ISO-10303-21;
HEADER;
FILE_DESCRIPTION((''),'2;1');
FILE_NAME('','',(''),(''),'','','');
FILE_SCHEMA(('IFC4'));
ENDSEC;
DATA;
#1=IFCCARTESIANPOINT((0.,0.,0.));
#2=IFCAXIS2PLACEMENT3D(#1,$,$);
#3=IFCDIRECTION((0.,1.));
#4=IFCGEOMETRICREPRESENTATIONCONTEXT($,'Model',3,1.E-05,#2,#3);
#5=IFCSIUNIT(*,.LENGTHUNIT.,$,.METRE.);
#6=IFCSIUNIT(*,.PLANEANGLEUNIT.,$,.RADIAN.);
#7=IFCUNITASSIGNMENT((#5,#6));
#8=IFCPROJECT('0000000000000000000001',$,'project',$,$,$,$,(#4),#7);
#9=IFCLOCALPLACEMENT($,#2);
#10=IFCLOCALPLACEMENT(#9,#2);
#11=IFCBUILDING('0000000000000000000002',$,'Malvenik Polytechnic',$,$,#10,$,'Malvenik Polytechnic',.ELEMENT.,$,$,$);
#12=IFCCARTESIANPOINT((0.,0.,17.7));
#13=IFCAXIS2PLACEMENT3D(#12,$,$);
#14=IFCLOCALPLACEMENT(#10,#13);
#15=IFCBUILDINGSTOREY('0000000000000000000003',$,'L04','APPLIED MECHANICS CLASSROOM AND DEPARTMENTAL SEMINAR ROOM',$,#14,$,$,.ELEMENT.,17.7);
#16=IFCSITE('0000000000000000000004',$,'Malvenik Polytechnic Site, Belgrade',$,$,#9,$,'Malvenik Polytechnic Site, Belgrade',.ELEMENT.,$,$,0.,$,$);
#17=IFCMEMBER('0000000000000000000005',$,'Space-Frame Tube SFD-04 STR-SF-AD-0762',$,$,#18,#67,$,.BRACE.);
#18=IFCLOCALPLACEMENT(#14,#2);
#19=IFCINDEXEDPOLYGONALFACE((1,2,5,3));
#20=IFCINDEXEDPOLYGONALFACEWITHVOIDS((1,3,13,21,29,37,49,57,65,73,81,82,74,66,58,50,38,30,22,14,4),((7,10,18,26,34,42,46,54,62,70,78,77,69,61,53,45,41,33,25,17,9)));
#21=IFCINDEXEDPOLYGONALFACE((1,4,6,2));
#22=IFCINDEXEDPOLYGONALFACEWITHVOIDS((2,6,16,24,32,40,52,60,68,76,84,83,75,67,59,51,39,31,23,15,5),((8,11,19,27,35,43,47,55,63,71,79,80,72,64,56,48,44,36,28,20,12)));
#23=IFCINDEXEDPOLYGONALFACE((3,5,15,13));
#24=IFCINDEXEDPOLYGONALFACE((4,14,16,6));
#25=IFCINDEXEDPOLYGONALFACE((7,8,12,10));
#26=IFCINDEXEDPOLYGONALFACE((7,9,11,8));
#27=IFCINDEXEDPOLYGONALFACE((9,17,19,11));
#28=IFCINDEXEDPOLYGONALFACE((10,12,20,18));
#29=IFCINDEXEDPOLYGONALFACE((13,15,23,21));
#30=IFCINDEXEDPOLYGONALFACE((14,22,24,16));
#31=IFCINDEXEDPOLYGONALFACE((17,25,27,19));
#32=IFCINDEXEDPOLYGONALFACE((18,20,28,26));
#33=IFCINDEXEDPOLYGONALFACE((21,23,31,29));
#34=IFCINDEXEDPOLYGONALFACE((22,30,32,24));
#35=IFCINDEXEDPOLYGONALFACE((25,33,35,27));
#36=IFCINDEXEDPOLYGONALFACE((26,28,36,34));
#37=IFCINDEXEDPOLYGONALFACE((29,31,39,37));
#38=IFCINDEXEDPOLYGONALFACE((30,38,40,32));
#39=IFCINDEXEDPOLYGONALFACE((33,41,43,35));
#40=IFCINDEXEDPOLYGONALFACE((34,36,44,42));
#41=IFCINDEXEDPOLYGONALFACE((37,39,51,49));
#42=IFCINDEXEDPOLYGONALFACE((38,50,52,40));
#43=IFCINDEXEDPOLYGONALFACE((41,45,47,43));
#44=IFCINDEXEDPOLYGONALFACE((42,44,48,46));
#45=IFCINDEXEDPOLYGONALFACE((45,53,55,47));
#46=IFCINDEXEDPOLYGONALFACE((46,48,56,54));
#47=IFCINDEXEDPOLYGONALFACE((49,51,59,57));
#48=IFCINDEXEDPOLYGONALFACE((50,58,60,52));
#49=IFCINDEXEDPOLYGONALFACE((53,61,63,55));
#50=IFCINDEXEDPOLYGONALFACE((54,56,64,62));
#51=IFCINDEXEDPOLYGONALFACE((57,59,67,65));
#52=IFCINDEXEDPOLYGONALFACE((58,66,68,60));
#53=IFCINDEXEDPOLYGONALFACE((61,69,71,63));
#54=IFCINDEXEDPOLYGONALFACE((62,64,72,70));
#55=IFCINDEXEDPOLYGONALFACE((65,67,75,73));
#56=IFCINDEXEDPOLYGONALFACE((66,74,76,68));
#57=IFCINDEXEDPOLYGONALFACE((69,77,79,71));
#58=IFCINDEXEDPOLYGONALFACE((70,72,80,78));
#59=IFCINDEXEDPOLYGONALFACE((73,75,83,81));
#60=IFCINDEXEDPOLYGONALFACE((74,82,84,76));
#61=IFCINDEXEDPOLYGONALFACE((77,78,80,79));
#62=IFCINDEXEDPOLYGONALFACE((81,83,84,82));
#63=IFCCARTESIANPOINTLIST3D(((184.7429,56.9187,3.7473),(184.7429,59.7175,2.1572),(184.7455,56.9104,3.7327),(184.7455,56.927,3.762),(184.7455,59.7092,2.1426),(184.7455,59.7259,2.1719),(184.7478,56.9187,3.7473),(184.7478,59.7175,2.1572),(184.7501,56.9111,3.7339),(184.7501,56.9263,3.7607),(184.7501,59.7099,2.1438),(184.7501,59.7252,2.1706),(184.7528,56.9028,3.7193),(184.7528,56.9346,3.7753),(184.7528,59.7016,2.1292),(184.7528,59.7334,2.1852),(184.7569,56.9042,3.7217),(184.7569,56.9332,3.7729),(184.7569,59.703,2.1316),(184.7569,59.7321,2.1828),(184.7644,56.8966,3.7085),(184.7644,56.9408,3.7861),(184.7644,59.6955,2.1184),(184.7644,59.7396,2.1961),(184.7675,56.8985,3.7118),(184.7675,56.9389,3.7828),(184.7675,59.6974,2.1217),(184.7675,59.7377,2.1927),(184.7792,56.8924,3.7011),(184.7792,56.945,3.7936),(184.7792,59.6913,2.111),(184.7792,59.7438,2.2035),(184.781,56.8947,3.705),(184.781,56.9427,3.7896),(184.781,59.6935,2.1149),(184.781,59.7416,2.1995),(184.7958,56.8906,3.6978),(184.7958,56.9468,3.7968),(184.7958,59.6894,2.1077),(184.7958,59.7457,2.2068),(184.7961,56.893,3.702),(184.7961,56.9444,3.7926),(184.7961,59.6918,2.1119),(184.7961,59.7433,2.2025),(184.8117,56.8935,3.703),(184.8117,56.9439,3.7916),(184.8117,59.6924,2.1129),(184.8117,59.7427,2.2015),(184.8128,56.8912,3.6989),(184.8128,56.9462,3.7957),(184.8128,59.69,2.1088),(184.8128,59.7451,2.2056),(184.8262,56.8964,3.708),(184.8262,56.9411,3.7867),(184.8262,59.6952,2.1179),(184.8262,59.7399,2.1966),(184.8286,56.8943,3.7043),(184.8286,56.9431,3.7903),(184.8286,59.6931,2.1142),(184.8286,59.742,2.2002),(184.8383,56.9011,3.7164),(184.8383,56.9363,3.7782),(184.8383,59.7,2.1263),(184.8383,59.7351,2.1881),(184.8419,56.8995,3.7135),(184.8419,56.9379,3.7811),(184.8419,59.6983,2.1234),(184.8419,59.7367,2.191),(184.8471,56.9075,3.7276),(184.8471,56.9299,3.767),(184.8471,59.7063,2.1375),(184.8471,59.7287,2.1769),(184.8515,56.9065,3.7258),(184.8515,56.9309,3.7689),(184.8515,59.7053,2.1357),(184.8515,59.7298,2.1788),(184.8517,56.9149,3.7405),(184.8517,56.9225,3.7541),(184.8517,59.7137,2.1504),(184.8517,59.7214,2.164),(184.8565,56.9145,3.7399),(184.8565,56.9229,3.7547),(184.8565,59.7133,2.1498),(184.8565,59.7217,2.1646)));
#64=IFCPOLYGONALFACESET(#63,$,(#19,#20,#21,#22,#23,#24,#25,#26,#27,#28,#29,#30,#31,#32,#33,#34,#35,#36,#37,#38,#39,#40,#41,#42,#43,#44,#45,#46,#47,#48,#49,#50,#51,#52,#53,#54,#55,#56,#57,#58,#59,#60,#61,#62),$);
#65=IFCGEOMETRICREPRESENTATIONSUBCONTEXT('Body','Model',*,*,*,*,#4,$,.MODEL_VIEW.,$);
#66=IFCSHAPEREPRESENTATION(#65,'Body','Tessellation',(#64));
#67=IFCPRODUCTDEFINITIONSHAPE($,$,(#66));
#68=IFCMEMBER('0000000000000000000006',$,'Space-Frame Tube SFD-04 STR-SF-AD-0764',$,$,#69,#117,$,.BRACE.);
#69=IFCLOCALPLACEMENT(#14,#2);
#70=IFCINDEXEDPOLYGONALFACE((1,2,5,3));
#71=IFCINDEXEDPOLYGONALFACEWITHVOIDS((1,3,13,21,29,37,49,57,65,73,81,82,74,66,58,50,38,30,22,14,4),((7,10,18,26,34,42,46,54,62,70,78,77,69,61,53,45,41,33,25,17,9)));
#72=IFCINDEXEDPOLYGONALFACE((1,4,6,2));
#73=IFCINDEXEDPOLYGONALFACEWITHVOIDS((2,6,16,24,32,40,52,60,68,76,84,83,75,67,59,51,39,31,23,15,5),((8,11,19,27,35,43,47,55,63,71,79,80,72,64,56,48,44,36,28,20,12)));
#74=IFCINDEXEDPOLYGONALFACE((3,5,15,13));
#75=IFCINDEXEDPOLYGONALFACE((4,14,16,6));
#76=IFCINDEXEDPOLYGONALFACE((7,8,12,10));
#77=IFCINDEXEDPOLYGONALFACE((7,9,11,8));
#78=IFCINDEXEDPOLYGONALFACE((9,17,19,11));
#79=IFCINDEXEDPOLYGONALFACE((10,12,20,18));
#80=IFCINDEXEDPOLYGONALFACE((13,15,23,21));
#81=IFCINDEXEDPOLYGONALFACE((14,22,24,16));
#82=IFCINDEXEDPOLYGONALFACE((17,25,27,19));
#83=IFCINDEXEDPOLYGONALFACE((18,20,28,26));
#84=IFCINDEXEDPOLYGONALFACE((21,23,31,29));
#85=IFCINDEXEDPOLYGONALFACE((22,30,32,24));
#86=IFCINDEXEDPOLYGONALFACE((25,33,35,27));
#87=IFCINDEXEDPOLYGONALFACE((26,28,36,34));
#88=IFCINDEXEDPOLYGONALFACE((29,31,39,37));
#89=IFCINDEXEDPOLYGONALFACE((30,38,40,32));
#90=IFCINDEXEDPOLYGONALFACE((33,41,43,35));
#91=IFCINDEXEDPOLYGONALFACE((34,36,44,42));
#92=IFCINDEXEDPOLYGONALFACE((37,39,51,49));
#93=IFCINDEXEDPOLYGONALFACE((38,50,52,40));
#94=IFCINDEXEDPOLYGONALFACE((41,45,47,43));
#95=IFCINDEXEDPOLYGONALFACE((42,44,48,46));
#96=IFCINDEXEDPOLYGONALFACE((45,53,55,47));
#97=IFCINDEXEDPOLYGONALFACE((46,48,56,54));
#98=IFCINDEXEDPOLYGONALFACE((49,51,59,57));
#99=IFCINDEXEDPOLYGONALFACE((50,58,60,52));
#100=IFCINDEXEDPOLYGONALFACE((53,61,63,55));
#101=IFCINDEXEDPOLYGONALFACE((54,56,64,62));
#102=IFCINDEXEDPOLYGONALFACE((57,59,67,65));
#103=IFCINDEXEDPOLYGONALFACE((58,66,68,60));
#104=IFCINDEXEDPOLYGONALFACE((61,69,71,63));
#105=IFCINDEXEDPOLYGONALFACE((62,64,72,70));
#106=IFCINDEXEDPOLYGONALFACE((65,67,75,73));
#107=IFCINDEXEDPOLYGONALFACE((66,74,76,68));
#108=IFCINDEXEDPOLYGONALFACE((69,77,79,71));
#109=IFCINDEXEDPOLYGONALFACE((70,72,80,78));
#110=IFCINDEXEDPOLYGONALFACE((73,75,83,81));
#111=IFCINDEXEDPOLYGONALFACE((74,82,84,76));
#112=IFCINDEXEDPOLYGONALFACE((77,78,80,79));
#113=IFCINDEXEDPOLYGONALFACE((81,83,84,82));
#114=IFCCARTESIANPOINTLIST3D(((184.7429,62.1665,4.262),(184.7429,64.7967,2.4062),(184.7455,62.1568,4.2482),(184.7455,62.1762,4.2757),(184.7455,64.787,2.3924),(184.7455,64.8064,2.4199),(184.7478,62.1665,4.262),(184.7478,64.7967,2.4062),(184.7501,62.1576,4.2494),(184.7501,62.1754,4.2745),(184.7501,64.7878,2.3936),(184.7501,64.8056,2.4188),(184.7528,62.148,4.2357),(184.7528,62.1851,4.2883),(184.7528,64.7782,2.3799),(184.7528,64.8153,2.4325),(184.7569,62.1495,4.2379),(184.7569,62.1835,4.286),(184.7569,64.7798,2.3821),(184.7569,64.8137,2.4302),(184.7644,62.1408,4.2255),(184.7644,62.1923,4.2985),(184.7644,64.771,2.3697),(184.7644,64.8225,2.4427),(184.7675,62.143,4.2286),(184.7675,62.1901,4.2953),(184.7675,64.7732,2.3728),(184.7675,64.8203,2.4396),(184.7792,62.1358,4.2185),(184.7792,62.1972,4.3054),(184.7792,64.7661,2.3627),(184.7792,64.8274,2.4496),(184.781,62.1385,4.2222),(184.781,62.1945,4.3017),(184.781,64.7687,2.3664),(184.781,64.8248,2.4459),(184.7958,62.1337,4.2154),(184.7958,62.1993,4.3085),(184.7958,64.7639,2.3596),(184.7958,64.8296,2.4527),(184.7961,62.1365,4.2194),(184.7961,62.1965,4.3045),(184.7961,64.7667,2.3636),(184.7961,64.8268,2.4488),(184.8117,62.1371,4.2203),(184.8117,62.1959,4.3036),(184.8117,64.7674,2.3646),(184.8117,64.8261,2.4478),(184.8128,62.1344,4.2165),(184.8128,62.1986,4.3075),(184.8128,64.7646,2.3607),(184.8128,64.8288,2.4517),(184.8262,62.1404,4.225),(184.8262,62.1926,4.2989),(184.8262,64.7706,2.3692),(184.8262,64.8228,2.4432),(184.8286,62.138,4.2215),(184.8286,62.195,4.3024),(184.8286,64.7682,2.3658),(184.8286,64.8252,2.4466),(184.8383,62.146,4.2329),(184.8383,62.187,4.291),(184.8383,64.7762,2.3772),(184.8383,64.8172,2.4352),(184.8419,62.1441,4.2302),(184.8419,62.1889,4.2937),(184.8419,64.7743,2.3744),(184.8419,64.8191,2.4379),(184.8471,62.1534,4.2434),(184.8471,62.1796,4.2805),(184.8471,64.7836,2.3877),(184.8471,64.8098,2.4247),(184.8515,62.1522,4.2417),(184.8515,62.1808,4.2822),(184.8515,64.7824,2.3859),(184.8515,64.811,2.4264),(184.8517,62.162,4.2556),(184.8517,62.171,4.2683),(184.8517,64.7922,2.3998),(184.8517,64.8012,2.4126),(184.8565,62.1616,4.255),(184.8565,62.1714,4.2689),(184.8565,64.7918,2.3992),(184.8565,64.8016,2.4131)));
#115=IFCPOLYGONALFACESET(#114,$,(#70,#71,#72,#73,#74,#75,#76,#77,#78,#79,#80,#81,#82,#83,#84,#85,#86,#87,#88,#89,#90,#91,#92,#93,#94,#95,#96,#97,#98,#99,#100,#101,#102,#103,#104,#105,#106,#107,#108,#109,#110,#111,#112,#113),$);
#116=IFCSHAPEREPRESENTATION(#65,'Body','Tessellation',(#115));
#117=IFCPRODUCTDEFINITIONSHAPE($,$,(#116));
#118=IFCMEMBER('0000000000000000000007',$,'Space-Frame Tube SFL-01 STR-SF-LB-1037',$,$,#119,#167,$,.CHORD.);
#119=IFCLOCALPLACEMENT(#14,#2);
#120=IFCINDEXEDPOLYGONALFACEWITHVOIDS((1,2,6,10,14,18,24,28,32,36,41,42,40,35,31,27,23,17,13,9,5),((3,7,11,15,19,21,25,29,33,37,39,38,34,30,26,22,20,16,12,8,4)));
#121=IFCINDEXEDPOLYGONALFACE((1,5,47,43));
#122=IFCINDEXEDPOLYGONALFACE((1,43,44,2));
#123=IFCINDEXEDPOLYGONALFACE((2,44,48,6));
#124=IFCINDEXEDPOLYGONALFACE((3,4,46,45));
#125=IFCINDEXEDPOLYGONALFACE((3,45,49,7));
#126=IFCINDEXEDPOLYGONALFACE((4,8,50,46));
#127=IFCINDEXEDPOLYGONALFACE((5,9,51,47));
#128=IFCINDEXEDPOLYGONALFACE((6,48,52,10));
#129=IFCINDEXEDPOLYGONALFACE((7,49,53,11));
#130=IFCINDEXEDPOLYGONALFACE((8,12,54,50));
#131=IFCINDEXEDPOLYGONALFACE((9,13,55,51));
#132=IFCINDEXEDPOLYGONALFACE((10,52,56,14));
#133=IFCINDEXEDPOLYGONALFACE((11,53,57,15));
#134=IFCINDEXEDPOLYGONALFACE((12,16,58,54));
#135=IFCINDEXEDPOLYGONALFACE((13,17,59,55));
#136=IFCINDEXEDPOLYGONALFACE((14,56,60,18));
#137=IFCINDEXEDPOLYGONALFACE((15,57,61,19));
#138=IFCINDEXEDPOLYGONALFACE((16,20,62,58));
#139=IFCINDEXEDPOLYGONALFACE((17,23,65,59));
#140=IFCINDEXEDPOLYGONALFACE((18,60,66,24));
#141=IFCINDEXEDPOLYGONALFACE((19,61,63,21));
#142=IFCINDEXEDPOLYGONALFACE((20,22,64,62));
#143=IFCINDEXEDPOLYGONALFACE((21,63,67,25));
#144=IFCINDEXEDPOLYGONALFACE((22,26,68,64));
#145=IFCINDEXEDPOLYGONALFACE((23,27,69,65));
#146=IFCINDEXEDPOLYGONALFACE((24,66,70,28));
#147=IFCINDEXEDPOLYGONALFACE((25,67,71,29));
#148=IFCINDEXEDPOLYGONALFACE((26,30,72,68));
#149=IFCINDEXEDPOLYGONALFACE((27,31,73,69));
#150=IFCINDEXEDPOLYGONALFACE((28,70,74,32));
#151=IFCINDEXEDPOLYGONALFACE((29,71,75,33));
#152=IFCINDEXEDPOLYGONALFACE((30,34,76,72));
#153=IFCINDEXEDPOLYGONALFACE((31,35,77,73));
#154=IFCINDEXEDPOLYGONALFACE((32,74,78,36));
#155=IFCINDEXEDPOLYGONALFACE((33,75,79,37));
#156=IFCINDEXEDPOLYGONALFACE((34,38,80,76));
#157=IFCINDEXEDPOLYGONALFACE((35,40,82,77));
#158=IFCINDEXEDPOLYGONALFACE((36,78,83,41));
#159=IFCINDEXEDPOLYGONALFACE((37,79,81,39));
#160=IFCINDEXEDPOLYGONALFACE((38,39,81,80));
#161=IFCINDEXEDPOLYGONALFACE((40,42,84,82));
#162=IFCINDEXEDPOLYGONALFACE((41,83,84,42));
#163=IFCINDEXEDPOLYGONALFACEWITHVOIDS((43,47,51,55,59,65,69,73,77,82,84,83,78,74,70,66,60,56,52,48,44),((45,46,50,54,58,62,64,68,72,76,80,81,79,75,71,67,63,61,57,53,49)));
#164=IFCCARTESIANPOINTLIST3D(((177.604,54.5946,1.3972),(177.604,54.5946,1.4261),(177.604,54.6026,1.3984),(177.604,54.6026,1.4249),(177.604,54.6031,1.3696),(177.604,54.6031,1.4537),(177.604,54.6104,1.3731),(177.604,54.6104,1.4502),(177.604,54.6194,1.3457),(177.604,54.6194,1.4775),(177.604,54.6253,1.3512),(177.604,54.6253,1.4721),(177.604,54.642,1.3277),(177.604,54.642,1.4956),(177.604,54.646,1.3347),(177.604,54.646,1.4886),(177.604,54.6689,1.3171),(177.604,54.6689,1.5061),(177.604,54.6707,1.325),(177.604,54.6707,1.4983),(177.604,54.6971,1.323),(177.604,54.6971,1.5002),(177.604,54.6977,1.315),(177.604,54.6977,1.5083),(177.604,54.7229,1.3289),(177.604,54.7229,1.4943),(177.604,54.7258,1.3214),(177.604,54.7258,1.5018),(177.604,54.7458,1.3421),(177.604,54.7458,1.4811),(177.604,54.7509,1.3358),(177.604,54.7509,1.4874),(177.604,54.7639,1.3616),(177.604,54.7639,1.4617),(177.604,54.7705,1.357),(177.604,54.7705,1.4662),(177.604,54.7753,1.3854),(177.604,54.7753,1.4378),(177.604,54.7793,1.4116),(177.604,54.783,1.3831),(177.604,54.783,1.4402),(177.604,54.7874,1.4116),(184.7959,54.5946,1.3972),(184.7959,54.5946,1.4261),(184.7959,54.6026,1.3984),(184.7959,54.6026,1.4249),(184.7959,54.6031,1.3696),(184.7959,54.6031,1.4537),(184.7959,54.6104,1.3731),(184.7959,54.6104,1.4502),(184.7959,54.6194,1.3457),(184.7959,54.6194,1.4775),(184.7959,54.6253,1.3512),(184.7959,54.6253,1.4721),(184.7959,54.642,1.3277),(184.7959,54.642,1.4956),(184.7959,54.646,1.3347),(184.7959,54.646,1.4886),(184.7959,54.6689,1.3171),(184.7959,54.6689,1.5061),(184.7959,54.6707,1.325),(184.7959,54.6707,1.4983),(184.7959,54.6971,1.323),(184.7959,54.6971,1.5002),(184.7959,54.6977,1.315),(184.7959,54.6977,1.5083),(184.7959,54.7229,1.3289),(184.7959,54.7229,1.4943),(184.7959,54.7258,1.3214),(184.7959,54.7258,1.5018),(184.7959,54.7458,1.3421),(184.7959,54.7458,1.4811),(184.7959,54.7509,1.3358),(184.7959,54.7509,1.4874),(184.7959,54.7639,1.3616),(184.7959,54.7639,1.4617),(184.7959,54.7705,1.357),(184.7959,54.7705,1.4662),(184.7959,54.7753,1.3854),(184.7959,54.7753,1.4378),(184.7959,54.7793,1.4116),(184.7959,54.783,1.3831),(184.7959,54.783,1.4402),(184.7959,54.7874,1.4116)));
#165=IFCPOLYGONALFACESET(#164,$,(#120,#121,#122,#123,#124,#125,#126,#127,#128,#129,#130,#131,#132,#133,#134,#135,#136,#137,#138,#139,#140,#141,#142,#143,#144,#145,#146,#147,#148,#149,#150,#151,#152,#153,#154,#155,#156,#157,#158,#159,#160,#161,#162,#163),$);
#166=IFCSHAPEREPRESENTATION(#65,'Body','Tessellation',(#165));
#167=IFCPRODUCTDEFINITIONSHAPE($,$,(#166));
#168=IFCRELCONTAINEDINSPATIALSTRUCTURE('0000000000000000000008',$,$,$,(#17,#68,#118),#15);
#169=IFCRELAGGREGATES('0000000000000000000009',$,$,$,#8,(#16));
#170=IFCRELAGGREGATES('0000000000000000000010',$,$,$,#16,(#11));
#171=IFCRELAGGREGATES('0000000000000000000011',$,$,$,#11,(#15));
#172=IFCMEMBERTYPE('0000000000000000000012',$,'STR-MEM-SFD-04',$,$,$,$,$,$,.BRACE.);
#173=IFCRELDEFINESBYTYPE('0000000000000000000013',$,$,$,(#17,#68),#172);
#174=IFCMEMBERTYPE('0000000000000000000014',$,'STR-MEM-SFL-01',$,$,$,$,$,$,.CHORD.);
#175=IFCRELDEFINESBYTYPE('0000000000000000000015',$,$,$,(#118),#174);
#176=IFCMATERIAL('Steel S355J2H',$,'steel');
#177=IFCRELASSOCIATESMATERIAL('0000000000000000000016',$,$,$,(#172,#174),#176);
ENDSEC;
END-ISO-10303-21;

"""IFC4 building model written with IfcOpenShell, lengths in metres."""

from ifc_helpers import new_model, si_unit, direction, frame, origin, origin_2d, place, context, subcontext, project, spatial, hollow_circle, extrude, material, material_profile, profile_set, type_object, element, save


model = new_model("IFC4")

# Units and contexts
model_context = context("Model", 3, precision=1e-05, world=origin(), true_north=direction((0.0, 1.0)))
body_context = subcontext(model_context, "Body", "Model", "MODEL_VIEW")
ifc_project = project(units=[si_unit("LENGTHUNIT", "METRE"), si_unit("PLANEANGLEUNIT", "RADIAN")], contexts=[model_context])

# Site, building, storey
site_placement = place(None, origin())
site = spatial("IfcSite", under=ifc_project, at=site_placement, Name="Malvenik Polytechnic Site, Belgrade", LongName="Malvenik Polytechnic Site, Belgrade", CompositionType="ELEMENT", RefElevation=0.0)
building_placement = place(site_placement, origin())
building = spatial("IfcBuilding", under=site, at=building_placement, Name="Malvenik Polytechnic", LongName="Malvenik Polytechnic", CompositionType="ELEMENT")
storey_placement = place(building_placement, frame((0.0, 0.0, 17.7)))
storey = spatial("IfcBuildingStorey", under=building, at=storey_placement, Name="L04", Description="APPLIED MECHANICS CLASSROOM AND DEPARTMENTAL SEMINAR ROOM", CompositionType="ELEMENT", Elevation=17.7)

# Members
ifc_material_1 = material(Name="Steel S355J2H", Category="steel")
ifc_material_profile_1 = material_profile(ifc_material_1, hollow_circle(Radius=0.0571, WallThickness=0.0049, at=origin_2d()), Name="CHS 114.3x5.0")
ifc_profile_set_1 = profile_set([ifc_material_profile_1], Name="Steel S355J2H")
member_type_1 = type_object("IfcMemberType", Name="STR-MEM-SFD-04", PredefinedType="BRACE", material=ifc_profile_set_1)
for number, where, z_axis, x_axis, name in (
    (1, (184.8, 56.9187, 3.7473), (0.0, 0.869477, -0.493973), (-1.0, 0.0, 0.0), "Space-Frame Tube SFD-04 STR-SF-AD-0762"),
    (2, (184.8, 62.1665, 4.262), (0.0, 0.817092, -0.576507), (-1.0, 0.0, 0.0), "Space-Frame Tube SFD-04 STR-SF-AD-0764"),
):
    element("IfcMember", number, at=place(storey_placement, frame(where, z_axis=z_axis, x_axis=x_axis)), inside=storey, type_object=member_type_1, Name=name, PredefinedType="BRACE", context=body_context, shape_type="SweptSolid", body=[
        extrude(hollow_circle(Radius=0.0571, WallThickness=0.0049, at=origin_2d()), origin(), (0.0, 0.0, 1.0), 3.219),
    ])
ifc_material_profile_2 = material_profile(ifc_material_1, hollow_circle(Radius=0.0969, WallThickness=0.0081, at=origin_2d()), Name="CHS 193.7x8.0")
ifc_profile_set_2 = profile_set([ifc_material_profile_2], Name="Steel S355J2H")
member_type_2 = type_object("IfcMemberType", Name="STR-MEM-SFL-01", PredefinedType="CHORD", material=ifc_profile_set_2)
for number, where, z_axis, x_axis, name in (
    (3, (177.604, 54.6904, 1.4116), (1.0, 0.0, 0.0), (0.0, 1.0, 0.0), "Space-Frame Tube SFL-01 STR-SF-LB-1037"),
):
    element("IfcMember", number, at=place(storey_placement, frame(where, z_axis=z_axis, x_axis=x_axis)), inside=storey, type_object=member_type_2, Name=name, PredefinedType="CHORD", context=body_context, shape_type="SweptSolid", body=[
        extrude(hollow_circle(Radius=0.0969, WallThickness=0.0081, at=origin_2d()), origin(), (0.0, 0.0, 1.0), 7.1919),
    ])

save(model, "model.ifc")
